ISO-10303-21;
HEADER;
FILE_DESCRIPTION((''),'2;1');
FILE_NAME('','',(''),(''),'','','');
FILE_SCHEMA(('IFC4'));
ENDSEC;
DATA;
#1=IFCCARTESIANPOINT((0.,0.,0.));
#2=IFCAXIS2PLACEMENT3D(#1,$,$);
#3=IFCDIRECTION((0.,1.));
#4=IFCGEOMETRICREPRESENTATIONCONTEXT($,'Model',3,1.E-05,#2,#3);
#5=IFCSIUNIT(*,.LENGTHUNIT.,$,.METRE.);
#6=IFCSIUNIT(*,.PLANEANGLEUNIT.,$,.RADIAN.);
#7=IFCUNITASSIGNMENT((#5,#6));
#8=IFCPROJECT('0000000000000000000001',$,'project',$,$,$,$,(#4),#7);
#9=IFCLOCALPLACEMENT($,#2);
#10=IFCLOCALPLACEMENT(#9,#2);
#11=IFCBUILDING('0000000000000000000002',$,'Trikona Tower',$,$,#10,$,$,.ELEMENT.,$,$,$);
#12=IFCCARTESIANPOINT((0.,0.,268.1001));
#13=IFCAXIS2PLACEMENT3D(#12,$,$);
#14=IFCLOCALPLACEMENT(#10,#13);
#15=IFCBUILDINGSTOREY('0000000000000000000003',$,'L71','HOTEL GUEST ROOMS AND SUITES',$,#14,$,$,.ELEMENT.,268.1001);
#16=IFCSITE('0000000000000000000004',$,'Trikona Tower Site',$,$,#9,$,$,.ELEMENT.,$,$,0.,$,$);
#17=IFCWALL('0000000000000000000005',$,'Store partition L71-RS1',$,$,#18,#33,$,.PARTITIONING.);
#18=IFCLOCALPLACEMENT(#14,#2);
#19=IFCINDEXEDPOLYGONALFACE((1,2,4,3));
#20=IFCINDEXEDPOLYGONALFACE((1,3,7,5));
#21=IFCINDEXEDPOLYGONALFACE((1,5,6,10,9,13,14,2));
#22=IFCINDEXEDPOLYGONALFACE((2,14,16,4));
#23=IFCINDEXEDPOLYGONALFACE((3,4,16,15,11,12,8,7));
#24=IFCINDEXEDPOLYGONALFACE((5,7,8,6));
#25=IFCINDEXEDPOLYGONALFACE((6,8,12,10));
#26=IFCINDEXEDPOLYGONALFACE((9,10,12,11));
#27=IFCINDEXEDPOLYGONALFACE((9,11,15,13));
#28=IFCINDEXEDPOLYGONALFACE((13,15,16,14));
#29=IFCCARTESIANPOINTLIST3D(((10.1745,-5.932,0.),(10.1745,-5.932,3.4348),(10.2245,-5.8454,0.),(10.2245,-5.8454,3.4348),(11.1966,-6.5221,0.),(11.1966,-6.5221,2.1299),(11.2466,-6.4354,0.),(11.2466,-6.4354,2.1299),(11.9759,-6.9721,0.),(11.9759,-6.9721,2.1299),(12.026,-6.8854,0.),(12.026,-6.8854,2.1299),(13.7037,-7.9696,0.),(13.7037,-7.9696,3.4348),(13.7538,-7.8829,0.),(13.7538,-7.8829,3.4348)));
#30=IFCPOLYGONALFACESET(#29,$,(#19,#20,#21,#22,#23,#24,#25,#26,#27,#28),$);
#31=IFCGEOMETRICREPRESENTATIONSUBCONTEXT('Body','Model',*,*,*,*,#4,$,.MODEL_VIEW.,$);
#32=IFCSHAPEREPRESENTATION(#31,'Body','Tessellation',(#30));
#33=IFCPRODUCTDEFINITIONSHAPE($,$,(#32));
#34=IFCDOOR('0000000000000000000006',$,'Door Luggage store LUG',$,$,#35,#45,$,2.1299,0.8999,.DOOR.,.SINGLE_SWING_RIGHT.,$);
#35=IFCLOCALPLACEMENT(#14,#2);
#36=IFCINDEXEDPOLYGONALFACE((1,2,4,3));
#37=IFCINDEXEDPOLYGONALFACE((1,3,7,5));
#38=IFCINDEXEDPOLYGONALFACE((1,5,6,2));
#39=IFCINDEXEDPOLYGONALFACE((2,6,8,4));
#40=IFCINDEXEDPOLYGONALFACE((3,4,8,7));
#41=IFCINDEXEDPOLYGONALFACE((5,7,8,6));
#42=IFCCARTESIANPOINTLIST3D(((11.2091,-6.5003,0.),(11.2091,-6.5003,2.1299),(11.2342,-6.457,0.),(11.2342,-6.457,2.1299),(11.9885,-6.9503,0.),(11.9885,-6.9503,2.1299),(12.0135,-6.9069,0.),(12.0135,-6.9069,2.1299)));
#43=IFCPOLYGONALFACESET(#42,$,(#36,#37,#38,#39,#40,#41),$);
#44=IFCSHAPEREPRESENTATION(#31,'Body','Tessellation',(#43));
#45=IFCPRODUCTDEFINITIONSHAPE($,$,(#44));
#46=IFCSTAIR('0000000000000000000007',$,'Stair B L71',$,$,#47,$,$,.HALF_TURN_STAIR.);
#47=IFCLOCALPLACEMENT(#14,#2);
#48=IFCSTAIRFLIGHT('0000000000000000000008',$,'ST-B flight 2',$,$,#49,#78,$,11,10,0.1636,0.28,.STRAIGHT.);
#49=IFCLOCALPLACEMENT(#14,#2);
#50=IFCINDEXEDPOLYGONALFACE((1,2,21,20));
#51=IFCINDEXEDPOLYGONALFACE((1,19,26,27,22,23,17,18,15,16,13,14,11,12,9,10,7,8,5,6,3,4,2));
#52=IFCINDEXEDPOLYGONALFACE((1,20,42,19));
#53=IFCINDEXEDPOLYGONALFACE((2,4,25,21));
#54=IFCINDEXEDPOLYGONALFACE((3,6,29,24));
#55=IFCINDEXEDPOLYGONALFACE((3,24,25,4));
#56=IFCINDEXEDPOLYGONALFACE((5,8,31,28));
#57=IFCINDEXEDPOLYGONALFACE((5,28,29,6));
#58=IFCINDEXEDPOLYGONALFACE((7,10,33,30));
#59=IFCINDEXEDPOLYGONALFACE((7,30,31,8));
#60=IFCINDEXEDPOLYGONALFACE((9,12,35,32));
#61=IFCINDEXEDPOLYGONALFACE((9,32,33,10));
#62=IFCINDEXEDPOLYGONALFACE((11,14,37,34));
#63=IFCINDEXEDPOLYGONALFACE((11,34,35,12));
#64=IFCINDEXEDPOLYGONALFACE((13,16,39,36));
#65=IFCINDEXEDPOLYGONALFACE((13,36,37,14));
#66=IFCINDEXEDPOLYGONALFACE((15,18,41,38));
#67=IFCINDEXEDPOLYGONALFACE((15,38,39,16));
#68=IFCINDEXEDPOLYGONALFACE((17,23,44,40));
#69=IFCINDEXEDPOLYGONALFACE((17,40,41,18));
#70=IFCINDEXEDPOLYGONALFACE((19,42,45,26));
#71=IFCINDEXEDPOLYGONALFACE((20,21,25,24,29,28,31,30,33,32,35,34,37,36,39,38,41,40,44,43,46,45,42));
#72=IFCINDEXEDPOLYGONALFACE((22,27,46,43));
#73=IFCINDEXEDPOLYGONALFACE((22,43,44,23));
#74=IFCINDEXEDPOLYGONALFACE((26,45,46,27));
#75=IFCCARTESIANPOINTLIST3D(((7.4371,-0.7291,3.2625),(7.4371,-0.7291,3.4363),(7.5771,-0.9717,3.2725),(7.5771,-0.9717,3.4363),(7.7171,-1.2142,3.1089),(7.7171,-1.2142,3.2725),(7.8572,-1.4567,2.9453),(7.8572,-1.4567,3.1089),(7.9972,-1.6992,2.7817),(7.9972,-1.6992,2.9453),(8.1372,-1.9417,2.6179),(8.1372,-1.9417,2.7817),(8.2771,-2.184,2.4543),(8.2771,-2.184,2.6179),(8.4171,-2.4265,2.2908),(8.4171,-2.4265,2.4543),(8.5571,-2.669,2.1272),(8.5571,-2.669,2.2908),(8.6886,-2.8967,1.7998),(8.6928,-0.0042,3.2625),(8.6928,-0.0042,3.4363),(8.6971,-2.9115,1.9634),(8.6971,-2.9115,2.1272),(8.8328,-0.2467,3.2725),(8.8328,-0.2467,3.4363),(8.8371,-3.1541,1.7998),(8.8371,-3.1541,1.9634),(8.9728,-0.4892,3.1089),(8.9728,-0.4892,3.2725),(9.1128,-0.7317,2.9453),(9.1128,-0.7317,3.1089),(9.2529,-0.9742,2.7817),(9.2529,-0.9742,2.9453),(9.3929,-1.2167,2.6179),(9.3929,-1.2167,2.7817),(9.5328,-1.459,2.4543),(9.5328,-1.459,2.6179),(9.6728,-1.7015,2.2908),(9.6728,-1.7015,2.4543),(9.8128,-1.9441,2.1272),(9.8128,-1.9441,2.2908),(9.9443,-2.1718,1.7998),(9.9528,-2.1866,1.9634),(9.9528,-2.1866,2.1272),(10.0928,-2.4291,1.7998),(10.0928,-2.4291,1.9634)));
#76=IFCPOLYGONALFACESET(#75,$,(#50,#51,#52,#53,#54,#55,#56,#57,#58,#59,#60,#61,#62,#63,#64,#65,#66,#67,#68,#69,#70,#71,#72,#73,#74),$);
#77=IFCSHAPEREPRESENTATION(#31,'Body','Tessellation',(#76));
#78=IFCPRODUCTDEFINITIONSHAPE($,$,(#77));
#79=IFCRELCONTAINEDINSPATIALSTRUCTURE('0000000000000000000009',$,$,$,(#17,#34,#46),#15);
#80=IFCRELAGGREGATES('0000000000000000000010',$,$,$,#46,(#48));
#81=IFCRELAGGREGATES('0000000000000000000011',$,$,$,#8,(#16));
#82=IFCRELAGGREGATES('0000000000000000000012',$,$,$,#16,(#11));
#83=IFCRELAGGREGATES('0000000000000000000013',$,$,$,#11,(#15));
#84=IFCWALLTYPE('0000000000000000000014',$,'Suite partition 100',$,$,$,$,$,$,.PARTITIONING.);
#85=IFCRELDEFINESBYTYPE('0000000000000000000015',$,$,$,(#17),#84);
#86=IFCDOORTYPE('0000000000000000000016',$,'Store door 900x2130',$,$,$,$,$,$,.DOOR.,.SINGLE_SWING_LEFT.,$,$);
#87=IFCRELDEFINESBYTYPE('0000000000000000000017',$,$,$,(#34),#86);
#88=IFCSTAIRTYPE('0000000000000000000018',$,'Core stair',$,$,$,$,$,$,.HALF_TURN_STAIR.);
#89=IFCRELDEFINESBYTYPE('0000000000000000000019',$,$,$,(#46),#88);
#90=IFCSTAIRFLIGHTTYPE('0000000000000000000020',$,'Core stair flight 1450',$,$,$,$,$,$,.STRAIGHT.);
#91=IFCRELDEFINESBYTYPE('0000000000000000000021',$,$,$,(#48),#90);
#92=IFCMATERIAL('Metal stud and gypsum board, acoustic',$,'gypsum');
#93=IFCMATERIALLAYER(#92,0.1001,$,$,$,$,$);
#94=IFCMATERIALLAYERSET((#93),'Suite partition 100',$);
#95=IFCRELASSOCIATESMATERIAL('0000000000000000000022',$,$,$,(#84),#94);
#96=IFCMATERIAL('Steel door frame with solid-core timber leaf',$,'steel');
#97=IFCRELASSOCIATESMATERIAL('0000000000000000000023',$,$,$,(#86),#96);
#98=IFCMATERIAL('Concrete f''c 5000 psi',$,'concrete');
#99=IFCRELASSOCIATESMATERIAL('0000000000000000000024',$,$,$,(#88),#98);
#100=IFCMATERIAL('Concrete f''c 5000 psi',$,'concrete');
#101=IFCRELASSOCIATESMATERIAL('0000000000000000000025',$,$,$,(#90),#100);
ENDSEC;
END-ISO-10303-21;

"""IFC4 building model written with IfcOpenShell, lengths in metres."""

from ifc_helpers import new_model, si_unit, direction, frame, frame_2d, origin, place, context, subcontext, project, spatial, polyline, rectangle, outline, extrude, material, layer, layer_set, type_object, element, fill, aggregate, save


model = new_model("IFC4")

# Units and contexts
model_context = context("Model", 3, precision=1e-05, world=origin(), true_north=direction((0.0, 1.0)))
body_context = subcontext(model_context, "Body", "Model", "MODEL_VIEW")
ifc_project = project(units=[si_unit("LENGTHUNIT", "METRE"), si_unit("PLANEANGLEUNIT", "RADIAN")], contexts=[model_context])

# Site, building, storey
site_placement = place(None, origin())
site = spatial("IfcSite", under=ifc_project, at=site_placement, Name="Trikona Tower Site", CompositionType="ELEMENT", RefElevation=0.0)
building_placement = place(site_placement, origin())
building = spatial("IfcBuilding", under=site, at=building_placement, Name="Trikona Tower", CompositionType="ELEMENT")
storey_placement = place(building_placement, frame((0.0, 0.0, 268.1001)))
storey = spatial("IfcBuildingStorey", under=building, at=storey_placement, Name="L71", Description="HOTEL GUEST ROOMS AND SUITES", CompositionType="ELEMENT", Elevation=268.1001)

# Wall, opening, door
ifc_material_1 = material(Name="Metal stud and gypsum board, acoustic", Category="gypsum")
ifc_layer_1 = layer(ifc_material_1, 0.1001)
ifc_layer_set_1 = layer_set([ifc_layer_1], Name="Suite partition 100")
wall_type_1 = type_object("IfcWallType", Name="Suite partition 100", PredefinedType="PARTITIONING", material=ifc_layer_set_1)
wall_1_placement = place(storey_placement, frame((13.7288, -7.9263, 0.0), z_axis=(0.0, 0.0, 1.0), x_axis=(-0.86603, 0.499992, 0.0)))
wall_1 = element("IfcWall", 1, at=wall_1_placement, inside=storey, type_object=wall_type_1, Name="Store partition L71-RS1", PredefinedType="PARTITIONING", context=body_context, shape_type="SweptSolid", body=[
    extrude(rectangle(XDim=4.0752, YDim=0.1001, at=frame_2d((2.0376, 0.0))), origin(), (0.0, 0.0, 1.0), 3.4348),
])
opening_1_placement = place(wall_1_placement, frame((1.9951, 0.0, 0.0)))
opening_1 = element("IfcOpeningElement", 2, at=opening_1_placement, cuts=wall_1, PredefinedType="OPENING", context=body_context, shape_type="SweptSolid", body=[
    extrude(rectangle(XDim=0.8999, YDim=2.1299, at=frame_2d((0.45, 1.0649))), frame((0.0, 0.0601, 0.0), z_axis=(0.0, -1.0, 0.0), x_axis=(1.0, 0.0, 0.0)), (0.0, 0.0, 1.0), 0.1201),
])
ifc_material_2 = material(Name="Steel door frame with solid-core timber leaf", Category="steel")
door_type_1 = type_object("IfcDoorType", Name="Store door 900x2130", OperationType="SINGLE_SWING_LEFT", PredefinedType="DOOR", material=ifc_material_2)
door_1_placement = place(opening_1_placement, origin())
door_1 = element("IfcDoor", 3, at=door_1_placement, inside=storey, type_object=door_type_1, Name="Door Luggage store LUG", OperationType="SINGLE_SWING_RIGHT", OverallHeight=2.1299, OverallWidth=0.8999, PredefinedType="DOOR", context=body_context, shape_type="SweptSolid", body=[
    extrude(rectangle(XDim=0.8999, YDim=2.1299, at=frame_2d((0.45, 1.0649))), frame((0.0, 0.0249, 0.0), z_axis=(0.0, -1.0, 0.0), x_axis=(1.0, 0.0, 0.0)), (0.0, 0.0, 1.0), 0.05),
])
fill(opening_1, door_1)

# Stair, stair flight
ifc_material_3 = material(Name="Concrete f'c 5000 psi", Category="concrete")
stair_type = type_object("IfcStairType", Name="Core stair", PredefinedType="HALF_TURN_STAIR", material=ifc_material_3)
stair_placement = place(storey_placement, origin())
stair = element("IfcStair", 4, at=stair_placement, inside=storey, type_object=stair_type, Name="Stair B L71", PredefinedType="HALF_TURN_STAIR")
ifc_material_4 = material(Name="Concrete f'c 5000 psi", Category="concrete")
stair_flight_type = type_object("IfcStairFlightType", Name="Core stair flight 1450", PredefinedType="STRAIGHT", material=ifc_material_4)
stair_flight_placement = place(storey_placement, frame((9.4651, -2.7915, 1.7998), z_axis=(0.0, 0.0, 1.0), x_axis=(-0.5, 0.866025, 0.0)))
stair_flight = element("IfcStairFlight", 5, at=stair_flight_placement, type_object=stair_flight_type, Name="ST-B flight 2", NumberOfRisers=11, NumberOfTreads=10, PredefinedType="STRAIGHT", RiserHeight=0.1636, TreadLength=0.28, context=body_context, shape_type="SweptSolid", body=[
    extrude(outline(polyline([(0.0, 0.0), (0.0, 0.1636), (0.28, 0.1636), (0.28, 0.3274), (0.5601, 0.3274), (0.5601, 0.491), (0.8401, 0.491), (0.8401, 0.6545), (1.1201, 0.6545), (1.1201, 0.8181), (1.3999, 0.8181), (1.3999, 0.9819), (1.6799, 0.9819), (1.6799, 1.1455), (1.96, 1.1455), (1.96, 1.3091), (2.24, 1.3091), (2.24, 1.4727), (2.52, 1.4727), (2.52, 1.6365), (2.8, 1.6365), (2.8, 1.8), (2.8, 1.4626), (0.2971, 0.0), (0.0, 0.0)])), frame((0.0, 0.7251, 0.0), z_axis=(0.0, -1.0, 0.0), x_axis=(1.0, 0.0, 0.0)), (0.0, 0.0, 1.0), 1.45),
])
aggregate(stair, [stair_flight])

save(model, "model.ifc")
